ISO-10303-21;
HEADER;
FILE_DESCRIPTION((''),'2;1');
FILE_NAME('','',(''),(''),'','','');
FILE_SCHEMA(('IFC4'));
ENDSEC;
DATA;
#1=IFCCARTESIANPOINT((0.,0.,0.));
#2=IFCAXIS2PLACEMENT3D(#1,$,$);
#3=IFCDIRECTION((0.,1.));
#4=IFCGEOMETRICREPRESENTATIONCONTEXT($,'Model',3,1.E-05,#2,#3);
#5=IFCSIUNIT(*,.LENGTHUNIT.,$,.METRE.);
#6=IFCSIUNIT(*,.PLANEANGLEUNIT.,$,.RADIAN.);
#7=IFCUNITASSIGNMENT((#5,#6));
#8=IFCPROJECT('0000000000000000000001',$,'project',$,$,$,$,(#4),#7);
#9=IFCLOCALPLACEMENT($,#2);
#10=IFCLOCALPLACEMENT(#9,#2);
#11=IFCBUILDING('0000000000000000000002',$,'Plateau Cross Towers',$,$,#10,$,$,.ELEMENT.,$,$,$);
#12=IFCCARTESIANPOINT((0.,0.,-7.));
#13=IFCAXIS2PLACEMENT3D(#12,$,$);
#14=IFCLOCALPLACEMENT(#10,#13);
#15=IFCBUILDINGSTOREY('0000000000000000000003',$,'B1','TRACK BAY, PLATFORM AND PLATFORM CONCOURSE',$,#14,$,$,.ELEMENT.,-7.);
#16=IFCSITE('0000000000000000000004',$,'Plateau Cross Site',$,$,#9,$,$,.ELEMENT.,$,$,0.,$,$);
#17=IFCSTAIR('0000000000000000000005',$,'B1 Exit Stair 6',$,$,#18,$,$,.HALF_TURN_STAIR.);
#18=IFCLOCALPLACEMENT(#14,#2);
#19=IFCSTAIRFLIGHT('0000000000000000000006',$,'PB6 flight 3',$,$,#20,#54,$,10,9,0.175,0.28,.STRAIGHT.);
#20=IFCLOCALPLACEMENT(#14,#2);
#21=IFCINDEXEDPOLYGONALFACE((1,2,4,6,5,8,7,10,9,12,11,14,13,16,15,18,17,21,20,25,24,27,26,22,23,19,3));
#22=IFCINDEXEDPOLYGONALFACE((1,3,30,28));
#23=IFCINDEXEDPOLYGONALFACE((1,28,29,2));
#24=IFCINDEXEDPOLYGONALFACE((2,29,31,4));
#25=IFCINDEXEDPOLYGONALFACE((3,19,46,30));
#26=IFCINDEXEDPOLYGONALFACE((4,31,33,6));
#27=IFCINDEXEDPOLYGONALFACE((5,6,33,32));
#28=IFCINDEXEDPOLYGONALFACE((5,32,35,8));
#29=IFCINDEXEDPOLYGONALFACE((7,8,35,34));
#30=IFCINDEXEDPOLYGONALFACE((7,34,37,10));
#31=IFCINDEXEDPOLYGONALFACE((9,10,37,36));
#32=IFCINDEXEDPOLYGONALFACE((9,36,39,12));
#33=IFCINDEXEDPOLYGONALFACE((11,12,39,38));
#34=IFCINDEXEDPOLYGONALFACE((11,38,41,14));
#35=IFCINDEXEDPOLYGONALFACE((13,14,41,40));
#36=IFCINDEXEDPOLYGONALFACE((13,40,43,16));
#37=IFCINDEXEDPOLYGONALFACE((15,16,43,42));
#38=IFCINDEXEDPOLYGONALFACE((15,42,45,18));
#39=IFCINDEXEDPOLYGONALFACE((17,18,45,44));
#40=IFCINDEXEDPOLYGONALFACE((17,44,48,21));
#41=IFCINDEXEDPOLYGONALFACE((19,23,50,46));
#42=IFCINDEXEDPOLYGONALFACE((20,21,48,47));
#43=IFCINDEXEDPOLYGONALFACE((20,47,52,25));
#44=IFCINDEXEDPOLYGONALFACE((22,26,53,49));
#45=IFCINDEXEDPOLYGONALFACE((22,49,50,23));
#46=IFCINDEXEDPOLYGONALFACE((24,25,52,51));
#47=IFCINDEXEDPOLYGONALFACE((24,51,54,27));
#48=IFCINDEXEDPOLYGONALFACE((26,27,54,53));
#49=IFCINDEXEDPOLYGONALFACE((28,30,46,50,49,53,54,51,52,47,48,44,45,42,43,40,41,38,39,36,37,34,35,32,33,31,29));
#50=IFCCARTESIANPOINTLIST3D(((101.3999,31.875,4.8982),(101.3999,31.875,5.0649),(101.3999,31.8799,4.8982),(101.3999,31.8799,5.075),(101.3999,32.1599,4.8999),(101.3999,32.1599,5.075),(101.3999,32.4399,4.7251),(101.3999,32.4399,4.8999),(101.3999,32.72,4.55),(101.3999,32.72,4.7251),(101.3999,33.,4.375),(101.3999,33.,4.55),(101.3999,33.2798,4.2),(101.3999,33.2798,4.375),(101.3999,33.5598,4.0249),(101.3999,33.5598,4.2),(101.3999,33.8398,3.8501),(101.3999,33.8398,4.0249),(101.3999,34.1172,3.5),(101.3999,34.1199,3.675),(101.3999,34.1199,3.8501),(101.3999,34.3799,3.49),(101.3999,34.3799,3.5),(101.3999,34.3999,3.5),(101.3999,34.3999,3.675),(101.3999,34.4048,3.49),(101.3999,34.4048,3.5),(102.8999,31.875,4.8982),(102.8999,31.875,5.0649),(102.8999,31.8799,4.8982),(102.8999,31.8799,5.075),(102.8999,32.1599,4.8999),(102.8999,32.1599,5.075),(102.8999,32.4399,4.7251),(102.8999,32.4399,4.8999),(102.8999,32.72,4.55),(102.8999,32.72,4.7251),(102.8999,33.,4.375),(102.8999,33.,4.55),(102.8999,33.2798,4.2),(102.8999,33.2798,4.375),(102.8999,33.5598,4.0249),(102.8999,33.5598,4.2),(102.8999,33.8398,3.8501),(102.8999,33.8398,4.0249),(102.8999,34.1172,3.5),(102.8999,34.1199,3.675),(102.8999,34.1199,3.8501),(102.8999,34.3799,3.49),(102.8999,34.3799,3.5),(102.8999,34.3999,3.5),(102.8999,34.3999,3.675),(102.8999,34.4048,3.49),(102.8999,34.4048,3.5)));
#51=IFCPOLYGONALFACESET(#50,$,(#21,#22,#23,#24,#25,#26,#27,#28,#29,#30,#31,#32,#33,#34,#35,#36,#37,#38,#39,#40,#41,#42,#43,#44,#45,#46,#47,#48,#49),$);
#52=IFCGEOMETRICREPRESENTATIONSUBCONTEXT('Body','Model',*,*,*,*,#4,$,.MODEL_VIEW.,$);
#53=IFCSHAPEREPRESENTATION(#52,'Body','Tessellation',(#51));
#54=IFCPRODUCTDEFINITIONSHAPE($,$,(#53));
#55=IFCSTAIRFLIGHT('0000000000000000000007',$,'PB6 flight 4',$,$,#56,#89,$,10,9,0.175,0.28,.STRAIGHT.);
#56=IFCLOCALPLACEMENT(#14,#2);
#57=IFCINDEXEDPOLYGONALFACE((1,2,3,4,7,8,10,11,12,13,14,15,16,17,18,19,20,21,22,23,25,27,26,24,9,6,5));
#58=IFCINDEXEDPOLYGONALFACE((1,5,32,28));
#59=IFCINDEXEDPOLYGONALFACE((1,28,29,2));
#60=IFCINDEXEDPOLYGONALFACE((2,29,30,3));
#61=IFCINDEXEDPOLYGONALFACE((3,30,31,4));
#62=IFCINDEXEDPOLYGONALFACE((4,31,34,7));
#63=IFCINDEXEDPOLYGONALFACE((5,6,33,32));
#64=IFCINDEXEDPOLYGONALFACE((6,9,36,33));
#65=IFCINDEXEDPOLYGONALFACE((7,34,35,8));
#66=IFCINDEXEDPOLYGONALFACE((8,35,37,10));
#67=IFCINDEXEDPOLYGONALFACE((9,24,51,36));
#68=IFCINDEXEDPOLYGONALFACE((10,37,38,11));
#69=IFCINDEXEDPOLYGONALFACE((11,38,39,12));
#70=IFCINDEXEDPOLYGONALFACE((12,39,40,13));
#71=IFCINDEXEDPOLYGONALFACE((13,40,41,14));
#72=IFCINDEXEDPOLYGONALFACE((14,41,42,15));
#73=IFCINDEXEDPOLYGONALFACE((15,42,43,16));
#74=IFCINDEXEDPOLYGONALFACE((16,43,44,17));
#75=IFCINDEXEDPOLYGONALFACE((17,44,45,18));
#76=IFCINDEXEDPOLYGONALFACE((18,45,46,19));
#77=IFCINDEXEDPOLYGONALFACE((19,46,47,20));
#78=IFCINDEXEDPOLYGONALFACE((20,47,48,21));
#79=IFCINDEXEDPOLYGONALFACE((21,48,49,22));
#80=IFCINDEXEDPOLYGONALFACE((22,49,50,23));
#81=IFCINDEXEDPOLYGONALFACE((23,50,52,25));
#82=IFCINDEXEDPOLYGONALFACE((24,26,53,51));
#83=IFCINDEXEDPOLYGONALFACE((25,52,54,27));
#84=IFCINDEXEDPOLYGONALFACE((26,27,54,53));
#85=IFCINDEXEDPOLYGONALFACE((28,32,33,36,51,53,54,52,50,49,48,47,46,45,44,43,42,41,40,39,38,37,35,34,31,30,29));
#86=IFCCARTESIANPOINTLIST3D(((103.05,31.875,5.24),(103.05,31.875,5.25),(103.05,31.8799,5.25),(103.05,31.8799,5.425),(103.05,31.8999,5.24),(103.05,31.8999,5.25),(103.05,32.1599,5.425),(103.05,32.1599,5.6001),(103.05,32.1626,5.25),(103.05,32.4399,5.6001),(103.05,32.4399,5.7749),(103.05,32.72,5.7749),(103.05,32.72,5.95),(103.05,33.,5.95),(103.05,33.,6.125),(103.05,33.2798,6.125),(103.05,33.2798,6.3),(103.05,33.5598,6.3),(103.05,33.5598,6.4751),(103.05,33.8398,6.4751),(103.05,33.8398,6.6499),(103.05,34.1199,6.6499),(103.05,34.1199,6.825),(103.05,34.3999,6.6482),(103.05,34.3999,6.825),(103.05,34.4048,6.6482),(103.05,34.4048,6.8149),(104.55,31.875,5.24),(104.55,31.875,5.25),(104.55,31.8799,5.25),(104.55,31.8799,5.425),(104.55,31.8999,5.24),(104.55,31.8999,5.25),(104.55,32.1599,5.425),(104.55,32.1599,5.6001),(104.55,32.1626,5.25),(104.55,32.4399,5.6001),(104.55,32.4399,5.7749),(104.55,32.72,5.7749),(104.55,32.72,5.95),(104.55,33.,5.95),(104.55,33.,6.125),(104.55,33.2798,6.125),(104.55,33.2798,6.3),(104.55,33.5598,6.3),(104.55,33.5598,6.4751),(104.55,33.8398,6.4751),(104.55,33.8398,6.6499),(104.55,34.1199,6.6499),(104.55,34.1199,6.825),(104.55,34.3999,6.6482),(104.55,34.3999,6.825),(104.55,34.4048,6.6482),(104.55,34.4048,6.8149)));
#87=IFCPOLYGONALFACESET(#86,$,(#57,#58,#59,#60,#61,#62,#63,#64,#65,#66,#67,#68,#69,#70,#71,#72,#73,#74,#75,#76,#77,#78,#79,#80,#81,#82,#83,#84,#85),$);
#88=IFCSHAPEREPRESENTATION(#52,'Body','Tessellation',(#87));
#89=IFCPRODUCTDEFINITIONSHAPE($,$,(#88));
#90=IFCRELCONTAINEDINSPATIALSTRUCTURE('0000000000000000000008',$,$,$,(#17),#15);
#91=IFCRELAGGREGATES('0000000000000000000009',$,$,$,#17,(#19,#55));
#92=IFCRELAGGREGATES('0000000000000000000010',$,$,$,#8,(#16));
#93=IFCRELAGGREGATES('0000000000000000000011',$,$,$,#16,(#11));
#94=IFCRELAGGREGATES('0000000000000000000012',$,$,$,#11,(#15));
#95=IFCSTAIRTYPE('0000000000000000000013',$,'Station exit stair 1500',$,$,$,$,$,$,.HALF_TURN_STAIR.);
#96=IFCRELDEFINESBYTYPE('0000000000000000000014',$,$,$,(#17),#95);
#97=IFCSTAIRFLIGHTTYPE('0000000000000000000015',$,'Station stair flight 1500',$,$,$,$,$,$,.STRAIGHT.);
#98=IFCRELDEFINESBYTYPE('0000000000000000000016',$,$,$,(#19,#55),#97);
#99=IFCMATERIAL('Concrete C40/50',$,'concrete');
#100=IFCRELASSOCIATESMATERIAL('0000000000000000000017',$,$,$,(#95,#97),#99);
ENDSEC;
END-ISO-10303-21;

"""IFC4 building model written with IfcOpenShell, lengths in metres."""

from ifc_helpers import new_model, si_unit, direction, frame, origin, place, context, subcontext, project, spatial, polyline, outline, extrude, material, type_object, element, aggregate, save


model = new_model("IFC4")

# Units and contexts
model_context = context("Model", 3, precision=1e-05, world=origin(), true_north=direction((0.0, 1.0)))
body_context = subcontext(model_context, "Body", "Model", "MODEL_VIEW")
ifc_project = project(units=[si_unit("LENGTHUNIT", "METRE"), si_unit("PLANEANGLEUNIT", "RADIAN")], contexts=[model_context])

# Site, building, storey
site_placement = place(None, origin())
site = spatial("IfcSite", under=ifc_project, at=site_placement, Name="Plateau Cross Site", CompositionType="ELEMENT", RefElevation=0.0)
building_placement = place(site_placement, origin())
building = spatial("IfcBuilding", under=site, at=building_placement, Name="Plateau Cross Towers", CompositionType="ELEMENT")
storey_placement = place(building_placement, frame((0.0, 0.0, -7.0)))
storey = spatial("IfcBuildingStorey", under=building, at=storey_placement, Name="B1", Description="TRACK BAY, PLATFORM AND PLATFORM CONCOURSE", CompositionType="ELEMENT", Elevation=-7.0)

# Shared definitions
ifc_material_1 = material(Name="Concrete C40/50", Category="concrete")

# Stair, stair flights
stair_type = type_object("IfcStairType", Name="Station exit stair 1500", PredefinedType="HALF_TURN_STAIR", material=ifc_material_1)
stair_placement = place(storey_placement, origin())
stair = element("IfcStair", 1, at=stair_placement, inside=storey, type_object=stair_type, Name="B1 Exit Stair 6", PredefinedType="HALF_TURN_STAIR")
stair_flight_type = type_object("IfcStairFlightType", Name="Station stair flight 1500", PredefinedType="STRAIGHT", material=ifc_material_1)
stair_flight_1_placement = place(storey_placement, frame((102.1499, 34.3999, 3.5), z_axis=(0.0, 0.0, 1.0), x_axis=(0.0, -1.0, 0.0)))
stair_flight_1 = element("IfcStairFlight", 2, at=stair_flight_1_placement, type_object=stair_flight_type, Name="PB6 flight 3", NumberOfRisers=10, NumberOfTreads=9, PredefinedType="STRAIGHT", RiserHeight=0.175, TreadLength=0.28, context=body_context, shape_type="SweptSolid", body=[
    extrude(outline(polyline([(-0.0049, -0.01), (-0.0049, 0.0), (0.0, 0.0), (0.0, 0.175), (0.28, 0.175), (0.28, 0.3501), (0.5601, 0.3501), (0.5601, 0.5249), (0.8401, 0.5249), (0.8401, 0.7), (1.1201, 0.7), (1.1201, 0.875), (1.3999, 0.875), (1.3999, 1.05), (1.6799, 1.05), (1.6799, 1.2251), (1.96, 1.2251), (1.96, 1.3999), (2.24, 1.3999), (2.24, 1.575), (2.52, 1.575), (2.5249, 1.5649), (2.5249, 1.3982), (2.52, 1.3982), (0.2827, 0.0), (0.02, 0.0), (0.02, -0.01), (-0.0049, -0.01)])), frame((0.0, 0.75, 0.0), z_axis=(0.0, -1.0, 0.0), x_axis=(1.0, 0.0, 0.0)), (0.0, 0.0, 1.0), 1.5),
])
stair_flight_2_placement = place(storey_placement, frame((103.8, 31.8799, 5.25), z_axis=(0.0, 0.0, 1.0), x_axis=(0.0, 1.0, 0.0)))
stair_flight_2 = element("IfcStairFlight", 3, at=stair_flight_2_placement, type_object=stair_flight_type, Name="PB6 flight 4", NumberOfRisers=10, NumberOfTreads=9, PredefinedType="STRAIGHT", RiserHeight=0.175, TreadLength=0.28, context=body_context, shape_type="SweptSolid", body=[
    extrude(outline(polyline([(-0.0049, -0.01), (-0.0049, 0.0), (0.0, 0.0), (0.0, 0.175), (0.28, 0.175), (0.28, 0.3501), (0.5601, 0.3501), (0.5601, 0.5249), (0.8401, 0.5249), (0.8401, 0.7), (1.1201, 0.7), (1.1201, 0.875), (1.3999, 0.875), (1.3999, 1.05), (1.6799, 1.05), (1.6799, 1.2251), (1.96, 1.2251), (1.96, 1.3999), (2.24, 1.3999), (2.24, 1.575), (2.52, 1.575), (2.5249, 1.5649), (2.5249, 1.3982), (2.52, 1.3982), (0.2827, 0.0), (0.02, 0.0), (0.02, -0.01), (-0.0049, -0.01)])), frame((0.0, 0.75, 0.0), z_axis=(0.0, -1.0, 0.0), x_axis=(1.0, 0.0, 0.0)), (0.0, 0.0, 1.0), 1.5),
])
aggregate(stair, [stair_flight_1, stair_flight_2])

save(model, "model.ifc")
